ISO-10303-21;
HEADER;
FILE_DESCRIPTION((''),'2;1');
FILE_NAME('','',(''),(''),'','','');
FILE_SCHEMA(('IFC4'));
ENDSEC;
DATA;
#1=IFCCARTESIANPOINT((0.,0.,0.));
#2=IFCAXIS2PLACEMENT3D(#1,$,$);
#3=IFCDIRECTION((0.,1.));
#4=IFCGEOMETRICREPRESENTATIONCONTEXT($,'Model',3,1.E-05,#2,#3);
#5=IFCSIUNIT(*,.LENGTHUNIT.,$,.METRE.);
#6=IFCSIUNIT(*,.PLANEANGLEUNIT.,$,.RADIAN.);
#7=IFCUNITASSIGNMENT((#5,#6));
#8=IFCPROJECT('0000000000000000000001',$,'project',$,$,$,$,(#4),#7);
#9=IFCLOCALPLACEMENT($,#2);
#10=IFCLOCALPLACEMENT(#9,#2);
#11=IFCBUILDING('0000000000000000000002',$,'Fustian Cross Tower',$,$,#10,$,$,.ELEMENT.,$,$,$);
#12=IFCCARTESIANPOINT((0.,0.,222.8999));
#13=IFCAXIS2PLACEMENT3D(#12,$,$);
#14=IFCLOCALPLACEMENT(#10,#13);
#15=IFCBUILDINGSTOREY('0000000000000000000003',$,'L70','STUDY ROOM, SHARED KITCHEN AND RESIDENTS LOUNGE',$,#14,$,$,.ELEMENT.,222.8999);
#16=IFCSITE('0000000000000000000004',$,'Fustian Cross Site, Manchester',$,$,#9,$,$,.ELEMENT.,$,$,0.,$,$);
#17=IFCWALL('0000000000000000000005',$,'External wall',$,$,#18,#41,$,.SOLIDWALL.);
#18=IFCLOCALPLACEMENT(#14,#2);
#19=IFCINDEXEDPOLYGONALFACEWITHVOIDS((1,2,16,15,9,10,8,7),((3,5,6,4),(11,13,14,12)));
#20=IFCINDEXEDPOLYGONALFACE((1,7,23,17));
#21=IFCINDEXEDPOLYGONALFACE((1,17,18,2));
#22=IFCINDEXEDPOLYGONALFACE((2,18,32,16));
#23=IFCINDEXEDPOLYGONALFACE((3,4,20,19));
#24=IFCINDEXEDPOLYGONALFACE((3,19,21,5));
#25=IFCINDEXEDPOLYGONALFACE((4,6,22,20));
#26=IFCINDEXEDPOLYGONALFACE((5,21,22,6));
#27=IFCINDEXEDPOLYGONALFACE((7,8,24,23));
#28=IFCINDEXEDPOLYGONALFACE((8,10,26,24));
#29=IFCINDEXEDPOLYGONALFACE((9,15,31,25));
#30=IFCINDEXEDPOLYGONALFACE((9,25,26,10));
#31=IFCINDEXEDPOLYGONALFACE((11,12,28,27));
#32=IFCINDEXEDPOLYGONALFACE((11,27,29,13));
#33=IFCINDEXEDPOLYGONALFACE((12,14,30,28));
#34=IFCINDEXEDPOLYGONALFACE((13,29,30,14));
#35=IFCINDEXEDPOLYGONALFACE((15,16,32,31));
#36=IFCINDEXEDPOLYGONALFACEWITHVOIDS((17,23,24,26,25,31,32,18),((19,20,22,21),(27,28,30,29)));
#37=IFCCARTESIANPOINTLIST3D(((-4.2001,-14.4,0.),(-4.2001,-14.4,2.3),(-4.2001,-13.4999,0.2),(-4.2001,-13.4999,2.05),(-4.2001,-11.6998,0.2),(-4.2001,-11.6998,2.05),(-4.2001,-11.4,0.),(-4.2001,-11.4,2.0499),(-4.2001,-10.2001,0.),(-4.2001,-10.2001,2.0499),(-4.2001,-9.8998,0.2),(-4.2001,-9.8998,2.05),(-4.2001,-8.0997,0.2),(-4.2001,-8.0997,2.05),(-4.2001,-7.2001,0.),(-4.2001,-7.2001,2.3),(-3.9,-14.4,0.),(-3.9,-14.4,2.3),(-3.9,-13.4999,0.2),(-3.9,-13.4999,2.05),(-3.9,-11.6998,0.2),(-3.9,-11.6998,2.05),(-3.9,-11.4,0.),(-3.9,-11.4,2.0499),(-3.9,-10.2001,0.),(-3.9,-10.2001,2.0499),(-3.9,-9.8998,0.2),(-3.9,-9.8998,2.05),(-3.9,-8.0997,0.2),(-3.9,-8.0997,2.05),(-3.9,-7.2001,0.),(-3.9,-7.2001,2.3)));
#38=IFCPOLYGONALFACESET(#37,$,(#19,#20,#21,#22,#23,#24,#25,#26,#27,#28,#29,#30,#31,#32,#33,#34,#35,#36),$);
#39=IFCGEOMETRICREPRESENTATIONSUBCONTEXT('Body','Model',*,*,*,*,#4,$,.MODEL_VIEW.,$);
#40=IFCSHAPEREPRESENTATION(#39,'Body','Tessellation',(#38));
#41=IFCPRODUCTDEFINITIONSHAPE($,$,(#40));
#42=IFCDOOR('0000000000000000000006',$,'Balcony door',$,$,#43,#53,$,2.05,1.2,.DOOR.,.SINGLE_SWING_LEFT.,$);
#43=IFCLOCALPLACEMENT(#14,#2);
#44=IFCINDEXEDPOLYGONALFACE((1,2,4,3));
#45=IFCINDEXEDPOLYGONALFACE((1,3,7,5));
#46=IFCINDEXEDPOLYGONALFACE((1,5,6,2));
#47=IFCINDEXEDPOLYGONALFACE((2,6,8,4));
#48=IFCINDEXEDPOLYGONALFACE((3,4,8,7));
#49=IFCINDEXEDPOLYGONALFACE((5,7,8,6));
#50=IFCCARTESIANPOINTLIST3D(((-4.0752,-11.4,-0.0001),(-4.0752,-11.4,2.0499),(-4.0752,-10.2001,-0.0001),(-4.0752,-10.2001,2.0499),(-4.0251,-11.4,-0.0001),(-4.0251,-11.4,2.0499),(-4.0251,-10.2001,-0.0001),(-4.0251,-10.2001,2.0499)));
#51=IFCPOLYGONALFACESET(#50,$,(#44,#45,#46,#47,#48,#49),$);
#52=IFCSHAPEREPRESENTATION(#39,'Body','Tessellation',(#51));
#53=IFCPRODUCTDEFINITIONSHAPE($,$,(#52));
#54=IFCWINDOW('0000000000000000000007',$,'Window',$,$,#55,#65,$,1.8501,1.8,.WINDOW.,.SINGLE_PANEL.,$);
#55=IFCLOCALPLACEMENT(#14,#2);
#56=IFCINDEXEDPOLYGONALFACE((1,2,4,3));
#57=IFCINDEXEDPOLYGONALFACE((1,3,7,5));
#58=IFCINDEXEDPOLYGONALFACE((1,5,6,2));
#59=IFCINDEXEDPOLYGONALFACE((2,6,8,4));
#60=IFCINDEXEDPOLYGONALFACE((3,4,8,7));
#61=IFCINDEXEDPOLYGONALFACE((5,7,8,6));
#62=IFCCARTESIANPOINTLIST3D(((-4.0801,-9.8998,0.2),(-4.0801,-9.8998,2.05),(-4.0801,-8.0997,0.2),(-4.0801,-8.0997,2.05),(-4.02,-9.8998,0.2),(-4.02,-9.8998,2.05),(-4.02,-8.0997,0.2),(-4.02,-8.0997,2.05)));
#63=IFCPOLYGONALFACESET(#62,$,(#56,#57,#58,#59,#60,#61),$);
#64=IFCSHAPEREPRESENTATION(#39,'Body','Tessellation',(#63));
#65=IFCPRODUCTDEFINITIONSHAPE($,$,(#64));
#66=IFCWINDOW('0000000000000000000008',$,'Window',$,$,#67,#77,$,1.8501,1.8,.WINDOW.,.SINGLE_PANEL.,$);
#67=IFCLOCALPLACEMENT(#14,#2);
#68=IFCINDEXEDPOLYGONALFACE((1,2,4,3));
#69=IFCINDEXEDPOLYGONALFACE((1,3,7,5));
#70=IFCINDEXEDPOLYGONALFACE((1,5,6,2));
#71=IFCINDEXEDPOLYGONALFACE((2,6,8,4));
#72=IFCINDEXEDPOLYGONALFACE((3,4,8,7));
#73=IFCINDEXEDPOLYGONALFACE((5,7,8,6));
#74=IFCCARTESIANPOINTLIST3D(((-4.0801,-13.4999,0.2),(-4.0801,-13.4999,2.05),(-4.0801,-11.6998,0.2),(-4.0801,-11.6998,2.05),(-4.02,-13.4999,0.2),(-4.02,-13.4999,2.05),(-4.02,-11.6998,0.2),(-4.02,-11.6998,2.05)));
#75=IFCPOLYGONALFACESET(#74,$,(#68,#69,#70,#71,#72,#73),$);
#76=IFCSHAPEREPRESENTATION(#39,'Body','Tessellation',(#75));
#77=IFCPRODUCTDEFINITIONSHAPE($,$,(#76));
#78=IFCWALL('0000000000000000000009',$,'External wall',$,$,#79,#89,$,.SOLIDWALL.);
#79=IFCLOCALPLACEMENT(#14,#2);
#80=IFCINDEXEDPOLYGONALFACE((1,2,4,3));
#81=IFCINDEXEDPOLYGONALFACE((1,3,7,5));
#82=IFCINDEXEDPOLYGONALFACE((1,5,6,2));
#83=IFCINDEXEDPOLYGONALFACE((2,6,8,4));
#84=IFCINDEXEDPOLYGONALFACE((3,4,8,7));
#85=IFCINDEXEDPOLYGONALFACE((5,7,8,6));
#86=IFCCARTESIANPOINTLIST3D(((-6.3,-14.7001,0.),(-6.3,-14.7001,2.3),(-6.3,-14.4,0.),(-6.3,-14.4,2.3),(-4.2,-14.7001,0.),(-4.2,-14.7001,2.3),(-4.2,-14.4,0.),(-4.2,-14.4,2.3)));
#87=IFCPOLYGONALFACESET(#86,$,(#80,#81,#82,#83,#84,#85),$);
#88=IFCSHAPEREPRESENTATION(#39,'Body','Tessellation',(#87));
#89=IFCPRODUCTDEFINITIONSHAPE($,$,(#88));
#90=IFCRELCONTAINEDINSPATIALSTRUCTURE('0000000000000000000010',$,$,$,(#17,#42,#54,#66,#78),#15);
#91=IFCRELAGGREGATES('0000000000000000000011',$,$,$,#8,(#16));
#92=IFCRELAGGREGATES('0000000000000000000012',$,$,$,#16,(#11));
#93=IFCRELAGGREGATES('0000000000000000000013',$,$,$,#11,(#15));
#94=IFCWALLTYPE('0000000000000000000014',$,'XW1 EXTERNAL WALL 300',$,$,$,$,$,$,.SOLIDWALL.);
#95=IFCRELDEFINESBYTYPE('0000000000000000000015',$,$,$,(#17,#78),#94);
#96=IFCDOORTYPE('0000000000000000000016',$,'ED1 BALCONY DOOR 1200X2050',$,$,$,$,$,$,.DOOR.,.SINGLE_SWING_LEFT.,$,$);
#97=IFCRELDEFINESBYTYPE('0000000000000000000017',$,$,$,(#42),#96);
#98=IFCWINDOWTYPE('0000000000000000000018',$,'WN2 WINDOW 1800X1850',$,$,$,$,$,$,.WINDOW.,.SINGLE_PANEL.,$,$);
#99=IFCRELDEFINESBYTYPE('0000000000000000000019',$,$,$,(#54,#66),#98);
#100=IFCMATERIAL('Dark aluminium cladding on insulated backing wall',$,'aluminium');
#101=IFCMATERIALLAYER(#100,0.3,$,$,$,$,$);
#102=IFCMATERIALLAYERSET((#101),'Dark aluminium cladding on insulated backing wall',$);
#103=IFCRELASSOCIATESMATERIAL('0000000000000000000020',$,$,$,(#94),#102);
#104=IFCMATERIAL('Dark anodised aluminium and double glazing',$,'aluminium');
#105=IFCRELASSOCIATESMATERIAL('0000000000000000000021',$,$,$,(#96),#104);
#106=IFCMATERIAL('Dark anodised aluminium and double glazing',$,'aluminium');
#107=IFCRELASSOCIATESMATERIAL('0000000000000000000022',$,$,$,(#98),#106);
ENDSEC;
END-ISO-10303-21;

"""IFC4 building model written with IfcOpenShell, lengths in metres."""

from ifc_helpers import new_model, si_unit, direction, frame, frame_2d, origin, place, context, subcontext, project, spatial, rectangle, extrude, material, layer, layer_set, type_object, element, fill, save


model = new_model("IFC4")

# Units and contexts
model_context = context("Model", 3, precision=1e-05, world=origin(), true_north=direction((0.0, 1.0)))
body_context = subcontext(model_context, "Body", "Model", "MODEL_VIEW")
ifc_project = project(units=[si_unit("LENGTHUNIT", "METRE"), si_unit("PLANEANGLEUNIT", "RADIAN")], contexts=[model_context])

# Site, building, storey
site_placement = place(None, origin())
site = spatial("IfcSite", under=ifc_project, at=site_placement, Name="Fustian Cross Site, Manchester", CompositionType="ELEMENT", RefElevation=0.0)
building_placement = place(site_placement, origin())
building = spatial("IfcBuilding", under=site, at=building_placement, Name="Fustian Cross Tower", CompositionType="ELEMENT")
storey_placement = place(building_placement, frame((0.0, 0.0, 222.8999)))
storey = spatial("IfcBuildingStorey", under=building, at=storey_placement, Name="L70", Description="STUDY ROOM, SHARED KITCHEN AND RESIDENTS LOUNGE", CompositionType="ELEMENT", Elevation=222.8999)

# Shared definitions
ifc_material_1 = material(Name="Dark aluminium cladding on insulated backing wall", Category="aluminium")
ifc_layer_1 = layer(ifc_material_1, 0.3)
ifc_layer_set_1 = layer_set([ifc_layer_1], Name="Dark aluminium cladding on insulated backing wall")
wall_type_1 = type_object("IfcWallType", Name="XW1 EXTERNAL WALL 300", PredefinedType="SOLIDWALL", material=ifc_layer_set_1)

# Wall, openings, door, windows
wall_1_placement = place(storey_placement, frame((-4.05, -7.2, 0.0), z_axis=(0.0, 0.0, 1.0), x_axis=(0.0, -1.0, 0.0)))
wall_1 = element("IfcWall", 1, at=wall_1_placement, inside=storey, type_object=wall_type_1, Name="External wall", PredefinedType="SOLIDWALL", context=body_context, shape_type="SweptSolid", body=[
    extrude(rectangle(XDim=7.2, YDim=0.3, at=frame_2d((3.6001, 0.0))), origin(), (0.0, 0.0, 1.0), 2.3),
])
opening_1_placement = place(wall_1_placement, frame((3.0, 0.0, 0.0)))
opening_1 = element("IfcOpeningElement", 2, at=opening_1_placement, cuts=wall_1, PredefinedType="OPENING", context=body_context, shape_type="SweptSolid", body=[
    extrude(rectangle(XDim=1.2, YDim=2.05, at=frame_2d((0.6001, 1.0249))), frame((0.0, 0.1599, 0.0), z_axis=(0.0, -1.0, 0.0), x_axis=(1.0, 0.0, 0.0)), (0.0, 0.0, 1.0), 0.3201),
])
opening_2_placement = place(wall_1_placement, frame((0.8999, 0.0, 0.2)))
opening_2 = element("IfcOpeningElement", 3, at=opening_2_placement, cuts=wall_1, PredefinedType="OPENING", context=body_context, shape_type="SweptSolid", body=[
    extrude(rectangle(XDim=1.8, YDim=1.8501, at=frame_2d((0.8999, 0.925))), frame((0.0, 0.1599, 0.0), z_axis=(0.0, -1.0, 0.0), x_axis=(1.0, 0.0, 0.0)), (0.0, 0.0, 1.0), 0.3201),
])
opening_3_placement = place(wall_1_placement, frame((4.5, 0.0, 0.2)))
opening_3 = element("IfcOpeningElement", 4, at=opening_3_placement, cuts=wall_1, PredefinedType="OPENING", context=body_context, shape_type="SweptSolid", body=[
    extrude(rectangle(XDim=1.8, YDim=1.8501, at=frame_2d((0.8999, 0.925))), frame((0.0, 0.1599, 0.0), z_axis=(0.0, -1.0, 0.0), x_axis=(1.0, 0.0, 0.0)), (0.0, 0.0, 1.0), 0.3201),
])
ifc_material_2 = material(Name="Dark anodised aluminium and double glazing", Category="aluminium")
door_type_1 = type_object("IfcDoorType", Name="ED1 BALCONY DOOR 1200X2050", OperationType="SINGLE_SWING_LEFT", PredefinedType="DOOR", material=ifc_material_2)
door_1_placement = place(opening_1_placement, origin())
door_1 = element("IfcDoor", 5, at=door_1_placement, inside=storey, type_object=door_type_1, Name="Balcony door", OperationType="SINGLE_SWING_LEFT", OverallHeight=2.05, OverallWidth=1.2, PredefinedType="DOOR", context=body_context, shape_type="SweptSolid", body=[
    extrude(rectangle(XDim=1.2, YDim=2.05, at=frame_2d((0.6001, 1.0249))), frame((0.0, 0.0249, 0.0), z_axis=(0.0, -1.0, 0.0), x_axis=(1.0, 0.0, 0.0)), (0.0, 0.0, 1.0), 0.05),
])
fill(opening_1, door_1)
ifc_material_3 = material(Name="Dark anodised aluminium and double glazing", Category="aluminium")
window_type = type_object("IfcWindowType", Name="WN2 WINDOW 1800X1850", PartitioningType="SINGLE_PANEL", PredefinedType="WINDOW", material=ifc_material_3)
window_1_placement = place(opening_2_placement, origin())
window_1 = element("IfcWindow", 6, at=window_1_placement, inside=storey, type_object=window_type, Name="Window", OverallHeight=1.8501, OverallWidth=1.8, PartitioningType="SINGLE_PANEL", PredefinedType="WINDOW", context=body_context, shape_type="SweptSolid", body=[
    extrude(rectangle(XDim=1.8, YDim=1.8501, at=frame_2d((0.8999, 0.925))), frame((0.0, 0.03, 0.0), z_axis=(0.0, -1.0, 0.0), x_axis=(1.0, 0.0, 0.0)), (0.0, 0.0, 1.0), 0.0601),
])
fill(opening_2, window_1)
window_2_placement = place(opening_3_placement, origin())
window_2 = element("IfcWindow", 7, at=window_2_placement, inside=storey, type_object=window_type, Name="Window", OverallHeight=1.8501, OverallWidth=1.8, PartitioningType="SINGLE_PANEL", PredefinedType="WINDOW", context=body_context, shape_type="SweptSolid", body=[
    extrude(rectangle(XDim=1.8, YDim=1.8501, at=frame_2d((0.8999, 0.925))), frame((0.0, 0.03, 0.0), z_axis=(0.0, -1.0, 0.0), x_axis=(1.0, 0.0, 0.0)), (0.0, 0.0, 1.0), 0.0601),
])
fill(opening_3, window_2)

# Wall
wall_2_placement = place(storey_placement, frame((-4.2, -14.55, 0.0), z_axis=(0.0, 0.0, 1.0), x_axis=(-1.0, 0.0, 0.0)))
element("IfcWall", 8, at=wall_2_placement, inside=storey, type_object=wall_type_1, Name="External wall", PredefinedType="SOLIDWALL", context=body_context, shape_type="SweptSolid", body=[
    extrude(rectangle(XDim=2.1001, YDim=0.3, at=frame_2d((1.05, 0.0))), origin(), (0.0, 0.0, 1.0), 2.3),
])

save(model, "model.ifc")
